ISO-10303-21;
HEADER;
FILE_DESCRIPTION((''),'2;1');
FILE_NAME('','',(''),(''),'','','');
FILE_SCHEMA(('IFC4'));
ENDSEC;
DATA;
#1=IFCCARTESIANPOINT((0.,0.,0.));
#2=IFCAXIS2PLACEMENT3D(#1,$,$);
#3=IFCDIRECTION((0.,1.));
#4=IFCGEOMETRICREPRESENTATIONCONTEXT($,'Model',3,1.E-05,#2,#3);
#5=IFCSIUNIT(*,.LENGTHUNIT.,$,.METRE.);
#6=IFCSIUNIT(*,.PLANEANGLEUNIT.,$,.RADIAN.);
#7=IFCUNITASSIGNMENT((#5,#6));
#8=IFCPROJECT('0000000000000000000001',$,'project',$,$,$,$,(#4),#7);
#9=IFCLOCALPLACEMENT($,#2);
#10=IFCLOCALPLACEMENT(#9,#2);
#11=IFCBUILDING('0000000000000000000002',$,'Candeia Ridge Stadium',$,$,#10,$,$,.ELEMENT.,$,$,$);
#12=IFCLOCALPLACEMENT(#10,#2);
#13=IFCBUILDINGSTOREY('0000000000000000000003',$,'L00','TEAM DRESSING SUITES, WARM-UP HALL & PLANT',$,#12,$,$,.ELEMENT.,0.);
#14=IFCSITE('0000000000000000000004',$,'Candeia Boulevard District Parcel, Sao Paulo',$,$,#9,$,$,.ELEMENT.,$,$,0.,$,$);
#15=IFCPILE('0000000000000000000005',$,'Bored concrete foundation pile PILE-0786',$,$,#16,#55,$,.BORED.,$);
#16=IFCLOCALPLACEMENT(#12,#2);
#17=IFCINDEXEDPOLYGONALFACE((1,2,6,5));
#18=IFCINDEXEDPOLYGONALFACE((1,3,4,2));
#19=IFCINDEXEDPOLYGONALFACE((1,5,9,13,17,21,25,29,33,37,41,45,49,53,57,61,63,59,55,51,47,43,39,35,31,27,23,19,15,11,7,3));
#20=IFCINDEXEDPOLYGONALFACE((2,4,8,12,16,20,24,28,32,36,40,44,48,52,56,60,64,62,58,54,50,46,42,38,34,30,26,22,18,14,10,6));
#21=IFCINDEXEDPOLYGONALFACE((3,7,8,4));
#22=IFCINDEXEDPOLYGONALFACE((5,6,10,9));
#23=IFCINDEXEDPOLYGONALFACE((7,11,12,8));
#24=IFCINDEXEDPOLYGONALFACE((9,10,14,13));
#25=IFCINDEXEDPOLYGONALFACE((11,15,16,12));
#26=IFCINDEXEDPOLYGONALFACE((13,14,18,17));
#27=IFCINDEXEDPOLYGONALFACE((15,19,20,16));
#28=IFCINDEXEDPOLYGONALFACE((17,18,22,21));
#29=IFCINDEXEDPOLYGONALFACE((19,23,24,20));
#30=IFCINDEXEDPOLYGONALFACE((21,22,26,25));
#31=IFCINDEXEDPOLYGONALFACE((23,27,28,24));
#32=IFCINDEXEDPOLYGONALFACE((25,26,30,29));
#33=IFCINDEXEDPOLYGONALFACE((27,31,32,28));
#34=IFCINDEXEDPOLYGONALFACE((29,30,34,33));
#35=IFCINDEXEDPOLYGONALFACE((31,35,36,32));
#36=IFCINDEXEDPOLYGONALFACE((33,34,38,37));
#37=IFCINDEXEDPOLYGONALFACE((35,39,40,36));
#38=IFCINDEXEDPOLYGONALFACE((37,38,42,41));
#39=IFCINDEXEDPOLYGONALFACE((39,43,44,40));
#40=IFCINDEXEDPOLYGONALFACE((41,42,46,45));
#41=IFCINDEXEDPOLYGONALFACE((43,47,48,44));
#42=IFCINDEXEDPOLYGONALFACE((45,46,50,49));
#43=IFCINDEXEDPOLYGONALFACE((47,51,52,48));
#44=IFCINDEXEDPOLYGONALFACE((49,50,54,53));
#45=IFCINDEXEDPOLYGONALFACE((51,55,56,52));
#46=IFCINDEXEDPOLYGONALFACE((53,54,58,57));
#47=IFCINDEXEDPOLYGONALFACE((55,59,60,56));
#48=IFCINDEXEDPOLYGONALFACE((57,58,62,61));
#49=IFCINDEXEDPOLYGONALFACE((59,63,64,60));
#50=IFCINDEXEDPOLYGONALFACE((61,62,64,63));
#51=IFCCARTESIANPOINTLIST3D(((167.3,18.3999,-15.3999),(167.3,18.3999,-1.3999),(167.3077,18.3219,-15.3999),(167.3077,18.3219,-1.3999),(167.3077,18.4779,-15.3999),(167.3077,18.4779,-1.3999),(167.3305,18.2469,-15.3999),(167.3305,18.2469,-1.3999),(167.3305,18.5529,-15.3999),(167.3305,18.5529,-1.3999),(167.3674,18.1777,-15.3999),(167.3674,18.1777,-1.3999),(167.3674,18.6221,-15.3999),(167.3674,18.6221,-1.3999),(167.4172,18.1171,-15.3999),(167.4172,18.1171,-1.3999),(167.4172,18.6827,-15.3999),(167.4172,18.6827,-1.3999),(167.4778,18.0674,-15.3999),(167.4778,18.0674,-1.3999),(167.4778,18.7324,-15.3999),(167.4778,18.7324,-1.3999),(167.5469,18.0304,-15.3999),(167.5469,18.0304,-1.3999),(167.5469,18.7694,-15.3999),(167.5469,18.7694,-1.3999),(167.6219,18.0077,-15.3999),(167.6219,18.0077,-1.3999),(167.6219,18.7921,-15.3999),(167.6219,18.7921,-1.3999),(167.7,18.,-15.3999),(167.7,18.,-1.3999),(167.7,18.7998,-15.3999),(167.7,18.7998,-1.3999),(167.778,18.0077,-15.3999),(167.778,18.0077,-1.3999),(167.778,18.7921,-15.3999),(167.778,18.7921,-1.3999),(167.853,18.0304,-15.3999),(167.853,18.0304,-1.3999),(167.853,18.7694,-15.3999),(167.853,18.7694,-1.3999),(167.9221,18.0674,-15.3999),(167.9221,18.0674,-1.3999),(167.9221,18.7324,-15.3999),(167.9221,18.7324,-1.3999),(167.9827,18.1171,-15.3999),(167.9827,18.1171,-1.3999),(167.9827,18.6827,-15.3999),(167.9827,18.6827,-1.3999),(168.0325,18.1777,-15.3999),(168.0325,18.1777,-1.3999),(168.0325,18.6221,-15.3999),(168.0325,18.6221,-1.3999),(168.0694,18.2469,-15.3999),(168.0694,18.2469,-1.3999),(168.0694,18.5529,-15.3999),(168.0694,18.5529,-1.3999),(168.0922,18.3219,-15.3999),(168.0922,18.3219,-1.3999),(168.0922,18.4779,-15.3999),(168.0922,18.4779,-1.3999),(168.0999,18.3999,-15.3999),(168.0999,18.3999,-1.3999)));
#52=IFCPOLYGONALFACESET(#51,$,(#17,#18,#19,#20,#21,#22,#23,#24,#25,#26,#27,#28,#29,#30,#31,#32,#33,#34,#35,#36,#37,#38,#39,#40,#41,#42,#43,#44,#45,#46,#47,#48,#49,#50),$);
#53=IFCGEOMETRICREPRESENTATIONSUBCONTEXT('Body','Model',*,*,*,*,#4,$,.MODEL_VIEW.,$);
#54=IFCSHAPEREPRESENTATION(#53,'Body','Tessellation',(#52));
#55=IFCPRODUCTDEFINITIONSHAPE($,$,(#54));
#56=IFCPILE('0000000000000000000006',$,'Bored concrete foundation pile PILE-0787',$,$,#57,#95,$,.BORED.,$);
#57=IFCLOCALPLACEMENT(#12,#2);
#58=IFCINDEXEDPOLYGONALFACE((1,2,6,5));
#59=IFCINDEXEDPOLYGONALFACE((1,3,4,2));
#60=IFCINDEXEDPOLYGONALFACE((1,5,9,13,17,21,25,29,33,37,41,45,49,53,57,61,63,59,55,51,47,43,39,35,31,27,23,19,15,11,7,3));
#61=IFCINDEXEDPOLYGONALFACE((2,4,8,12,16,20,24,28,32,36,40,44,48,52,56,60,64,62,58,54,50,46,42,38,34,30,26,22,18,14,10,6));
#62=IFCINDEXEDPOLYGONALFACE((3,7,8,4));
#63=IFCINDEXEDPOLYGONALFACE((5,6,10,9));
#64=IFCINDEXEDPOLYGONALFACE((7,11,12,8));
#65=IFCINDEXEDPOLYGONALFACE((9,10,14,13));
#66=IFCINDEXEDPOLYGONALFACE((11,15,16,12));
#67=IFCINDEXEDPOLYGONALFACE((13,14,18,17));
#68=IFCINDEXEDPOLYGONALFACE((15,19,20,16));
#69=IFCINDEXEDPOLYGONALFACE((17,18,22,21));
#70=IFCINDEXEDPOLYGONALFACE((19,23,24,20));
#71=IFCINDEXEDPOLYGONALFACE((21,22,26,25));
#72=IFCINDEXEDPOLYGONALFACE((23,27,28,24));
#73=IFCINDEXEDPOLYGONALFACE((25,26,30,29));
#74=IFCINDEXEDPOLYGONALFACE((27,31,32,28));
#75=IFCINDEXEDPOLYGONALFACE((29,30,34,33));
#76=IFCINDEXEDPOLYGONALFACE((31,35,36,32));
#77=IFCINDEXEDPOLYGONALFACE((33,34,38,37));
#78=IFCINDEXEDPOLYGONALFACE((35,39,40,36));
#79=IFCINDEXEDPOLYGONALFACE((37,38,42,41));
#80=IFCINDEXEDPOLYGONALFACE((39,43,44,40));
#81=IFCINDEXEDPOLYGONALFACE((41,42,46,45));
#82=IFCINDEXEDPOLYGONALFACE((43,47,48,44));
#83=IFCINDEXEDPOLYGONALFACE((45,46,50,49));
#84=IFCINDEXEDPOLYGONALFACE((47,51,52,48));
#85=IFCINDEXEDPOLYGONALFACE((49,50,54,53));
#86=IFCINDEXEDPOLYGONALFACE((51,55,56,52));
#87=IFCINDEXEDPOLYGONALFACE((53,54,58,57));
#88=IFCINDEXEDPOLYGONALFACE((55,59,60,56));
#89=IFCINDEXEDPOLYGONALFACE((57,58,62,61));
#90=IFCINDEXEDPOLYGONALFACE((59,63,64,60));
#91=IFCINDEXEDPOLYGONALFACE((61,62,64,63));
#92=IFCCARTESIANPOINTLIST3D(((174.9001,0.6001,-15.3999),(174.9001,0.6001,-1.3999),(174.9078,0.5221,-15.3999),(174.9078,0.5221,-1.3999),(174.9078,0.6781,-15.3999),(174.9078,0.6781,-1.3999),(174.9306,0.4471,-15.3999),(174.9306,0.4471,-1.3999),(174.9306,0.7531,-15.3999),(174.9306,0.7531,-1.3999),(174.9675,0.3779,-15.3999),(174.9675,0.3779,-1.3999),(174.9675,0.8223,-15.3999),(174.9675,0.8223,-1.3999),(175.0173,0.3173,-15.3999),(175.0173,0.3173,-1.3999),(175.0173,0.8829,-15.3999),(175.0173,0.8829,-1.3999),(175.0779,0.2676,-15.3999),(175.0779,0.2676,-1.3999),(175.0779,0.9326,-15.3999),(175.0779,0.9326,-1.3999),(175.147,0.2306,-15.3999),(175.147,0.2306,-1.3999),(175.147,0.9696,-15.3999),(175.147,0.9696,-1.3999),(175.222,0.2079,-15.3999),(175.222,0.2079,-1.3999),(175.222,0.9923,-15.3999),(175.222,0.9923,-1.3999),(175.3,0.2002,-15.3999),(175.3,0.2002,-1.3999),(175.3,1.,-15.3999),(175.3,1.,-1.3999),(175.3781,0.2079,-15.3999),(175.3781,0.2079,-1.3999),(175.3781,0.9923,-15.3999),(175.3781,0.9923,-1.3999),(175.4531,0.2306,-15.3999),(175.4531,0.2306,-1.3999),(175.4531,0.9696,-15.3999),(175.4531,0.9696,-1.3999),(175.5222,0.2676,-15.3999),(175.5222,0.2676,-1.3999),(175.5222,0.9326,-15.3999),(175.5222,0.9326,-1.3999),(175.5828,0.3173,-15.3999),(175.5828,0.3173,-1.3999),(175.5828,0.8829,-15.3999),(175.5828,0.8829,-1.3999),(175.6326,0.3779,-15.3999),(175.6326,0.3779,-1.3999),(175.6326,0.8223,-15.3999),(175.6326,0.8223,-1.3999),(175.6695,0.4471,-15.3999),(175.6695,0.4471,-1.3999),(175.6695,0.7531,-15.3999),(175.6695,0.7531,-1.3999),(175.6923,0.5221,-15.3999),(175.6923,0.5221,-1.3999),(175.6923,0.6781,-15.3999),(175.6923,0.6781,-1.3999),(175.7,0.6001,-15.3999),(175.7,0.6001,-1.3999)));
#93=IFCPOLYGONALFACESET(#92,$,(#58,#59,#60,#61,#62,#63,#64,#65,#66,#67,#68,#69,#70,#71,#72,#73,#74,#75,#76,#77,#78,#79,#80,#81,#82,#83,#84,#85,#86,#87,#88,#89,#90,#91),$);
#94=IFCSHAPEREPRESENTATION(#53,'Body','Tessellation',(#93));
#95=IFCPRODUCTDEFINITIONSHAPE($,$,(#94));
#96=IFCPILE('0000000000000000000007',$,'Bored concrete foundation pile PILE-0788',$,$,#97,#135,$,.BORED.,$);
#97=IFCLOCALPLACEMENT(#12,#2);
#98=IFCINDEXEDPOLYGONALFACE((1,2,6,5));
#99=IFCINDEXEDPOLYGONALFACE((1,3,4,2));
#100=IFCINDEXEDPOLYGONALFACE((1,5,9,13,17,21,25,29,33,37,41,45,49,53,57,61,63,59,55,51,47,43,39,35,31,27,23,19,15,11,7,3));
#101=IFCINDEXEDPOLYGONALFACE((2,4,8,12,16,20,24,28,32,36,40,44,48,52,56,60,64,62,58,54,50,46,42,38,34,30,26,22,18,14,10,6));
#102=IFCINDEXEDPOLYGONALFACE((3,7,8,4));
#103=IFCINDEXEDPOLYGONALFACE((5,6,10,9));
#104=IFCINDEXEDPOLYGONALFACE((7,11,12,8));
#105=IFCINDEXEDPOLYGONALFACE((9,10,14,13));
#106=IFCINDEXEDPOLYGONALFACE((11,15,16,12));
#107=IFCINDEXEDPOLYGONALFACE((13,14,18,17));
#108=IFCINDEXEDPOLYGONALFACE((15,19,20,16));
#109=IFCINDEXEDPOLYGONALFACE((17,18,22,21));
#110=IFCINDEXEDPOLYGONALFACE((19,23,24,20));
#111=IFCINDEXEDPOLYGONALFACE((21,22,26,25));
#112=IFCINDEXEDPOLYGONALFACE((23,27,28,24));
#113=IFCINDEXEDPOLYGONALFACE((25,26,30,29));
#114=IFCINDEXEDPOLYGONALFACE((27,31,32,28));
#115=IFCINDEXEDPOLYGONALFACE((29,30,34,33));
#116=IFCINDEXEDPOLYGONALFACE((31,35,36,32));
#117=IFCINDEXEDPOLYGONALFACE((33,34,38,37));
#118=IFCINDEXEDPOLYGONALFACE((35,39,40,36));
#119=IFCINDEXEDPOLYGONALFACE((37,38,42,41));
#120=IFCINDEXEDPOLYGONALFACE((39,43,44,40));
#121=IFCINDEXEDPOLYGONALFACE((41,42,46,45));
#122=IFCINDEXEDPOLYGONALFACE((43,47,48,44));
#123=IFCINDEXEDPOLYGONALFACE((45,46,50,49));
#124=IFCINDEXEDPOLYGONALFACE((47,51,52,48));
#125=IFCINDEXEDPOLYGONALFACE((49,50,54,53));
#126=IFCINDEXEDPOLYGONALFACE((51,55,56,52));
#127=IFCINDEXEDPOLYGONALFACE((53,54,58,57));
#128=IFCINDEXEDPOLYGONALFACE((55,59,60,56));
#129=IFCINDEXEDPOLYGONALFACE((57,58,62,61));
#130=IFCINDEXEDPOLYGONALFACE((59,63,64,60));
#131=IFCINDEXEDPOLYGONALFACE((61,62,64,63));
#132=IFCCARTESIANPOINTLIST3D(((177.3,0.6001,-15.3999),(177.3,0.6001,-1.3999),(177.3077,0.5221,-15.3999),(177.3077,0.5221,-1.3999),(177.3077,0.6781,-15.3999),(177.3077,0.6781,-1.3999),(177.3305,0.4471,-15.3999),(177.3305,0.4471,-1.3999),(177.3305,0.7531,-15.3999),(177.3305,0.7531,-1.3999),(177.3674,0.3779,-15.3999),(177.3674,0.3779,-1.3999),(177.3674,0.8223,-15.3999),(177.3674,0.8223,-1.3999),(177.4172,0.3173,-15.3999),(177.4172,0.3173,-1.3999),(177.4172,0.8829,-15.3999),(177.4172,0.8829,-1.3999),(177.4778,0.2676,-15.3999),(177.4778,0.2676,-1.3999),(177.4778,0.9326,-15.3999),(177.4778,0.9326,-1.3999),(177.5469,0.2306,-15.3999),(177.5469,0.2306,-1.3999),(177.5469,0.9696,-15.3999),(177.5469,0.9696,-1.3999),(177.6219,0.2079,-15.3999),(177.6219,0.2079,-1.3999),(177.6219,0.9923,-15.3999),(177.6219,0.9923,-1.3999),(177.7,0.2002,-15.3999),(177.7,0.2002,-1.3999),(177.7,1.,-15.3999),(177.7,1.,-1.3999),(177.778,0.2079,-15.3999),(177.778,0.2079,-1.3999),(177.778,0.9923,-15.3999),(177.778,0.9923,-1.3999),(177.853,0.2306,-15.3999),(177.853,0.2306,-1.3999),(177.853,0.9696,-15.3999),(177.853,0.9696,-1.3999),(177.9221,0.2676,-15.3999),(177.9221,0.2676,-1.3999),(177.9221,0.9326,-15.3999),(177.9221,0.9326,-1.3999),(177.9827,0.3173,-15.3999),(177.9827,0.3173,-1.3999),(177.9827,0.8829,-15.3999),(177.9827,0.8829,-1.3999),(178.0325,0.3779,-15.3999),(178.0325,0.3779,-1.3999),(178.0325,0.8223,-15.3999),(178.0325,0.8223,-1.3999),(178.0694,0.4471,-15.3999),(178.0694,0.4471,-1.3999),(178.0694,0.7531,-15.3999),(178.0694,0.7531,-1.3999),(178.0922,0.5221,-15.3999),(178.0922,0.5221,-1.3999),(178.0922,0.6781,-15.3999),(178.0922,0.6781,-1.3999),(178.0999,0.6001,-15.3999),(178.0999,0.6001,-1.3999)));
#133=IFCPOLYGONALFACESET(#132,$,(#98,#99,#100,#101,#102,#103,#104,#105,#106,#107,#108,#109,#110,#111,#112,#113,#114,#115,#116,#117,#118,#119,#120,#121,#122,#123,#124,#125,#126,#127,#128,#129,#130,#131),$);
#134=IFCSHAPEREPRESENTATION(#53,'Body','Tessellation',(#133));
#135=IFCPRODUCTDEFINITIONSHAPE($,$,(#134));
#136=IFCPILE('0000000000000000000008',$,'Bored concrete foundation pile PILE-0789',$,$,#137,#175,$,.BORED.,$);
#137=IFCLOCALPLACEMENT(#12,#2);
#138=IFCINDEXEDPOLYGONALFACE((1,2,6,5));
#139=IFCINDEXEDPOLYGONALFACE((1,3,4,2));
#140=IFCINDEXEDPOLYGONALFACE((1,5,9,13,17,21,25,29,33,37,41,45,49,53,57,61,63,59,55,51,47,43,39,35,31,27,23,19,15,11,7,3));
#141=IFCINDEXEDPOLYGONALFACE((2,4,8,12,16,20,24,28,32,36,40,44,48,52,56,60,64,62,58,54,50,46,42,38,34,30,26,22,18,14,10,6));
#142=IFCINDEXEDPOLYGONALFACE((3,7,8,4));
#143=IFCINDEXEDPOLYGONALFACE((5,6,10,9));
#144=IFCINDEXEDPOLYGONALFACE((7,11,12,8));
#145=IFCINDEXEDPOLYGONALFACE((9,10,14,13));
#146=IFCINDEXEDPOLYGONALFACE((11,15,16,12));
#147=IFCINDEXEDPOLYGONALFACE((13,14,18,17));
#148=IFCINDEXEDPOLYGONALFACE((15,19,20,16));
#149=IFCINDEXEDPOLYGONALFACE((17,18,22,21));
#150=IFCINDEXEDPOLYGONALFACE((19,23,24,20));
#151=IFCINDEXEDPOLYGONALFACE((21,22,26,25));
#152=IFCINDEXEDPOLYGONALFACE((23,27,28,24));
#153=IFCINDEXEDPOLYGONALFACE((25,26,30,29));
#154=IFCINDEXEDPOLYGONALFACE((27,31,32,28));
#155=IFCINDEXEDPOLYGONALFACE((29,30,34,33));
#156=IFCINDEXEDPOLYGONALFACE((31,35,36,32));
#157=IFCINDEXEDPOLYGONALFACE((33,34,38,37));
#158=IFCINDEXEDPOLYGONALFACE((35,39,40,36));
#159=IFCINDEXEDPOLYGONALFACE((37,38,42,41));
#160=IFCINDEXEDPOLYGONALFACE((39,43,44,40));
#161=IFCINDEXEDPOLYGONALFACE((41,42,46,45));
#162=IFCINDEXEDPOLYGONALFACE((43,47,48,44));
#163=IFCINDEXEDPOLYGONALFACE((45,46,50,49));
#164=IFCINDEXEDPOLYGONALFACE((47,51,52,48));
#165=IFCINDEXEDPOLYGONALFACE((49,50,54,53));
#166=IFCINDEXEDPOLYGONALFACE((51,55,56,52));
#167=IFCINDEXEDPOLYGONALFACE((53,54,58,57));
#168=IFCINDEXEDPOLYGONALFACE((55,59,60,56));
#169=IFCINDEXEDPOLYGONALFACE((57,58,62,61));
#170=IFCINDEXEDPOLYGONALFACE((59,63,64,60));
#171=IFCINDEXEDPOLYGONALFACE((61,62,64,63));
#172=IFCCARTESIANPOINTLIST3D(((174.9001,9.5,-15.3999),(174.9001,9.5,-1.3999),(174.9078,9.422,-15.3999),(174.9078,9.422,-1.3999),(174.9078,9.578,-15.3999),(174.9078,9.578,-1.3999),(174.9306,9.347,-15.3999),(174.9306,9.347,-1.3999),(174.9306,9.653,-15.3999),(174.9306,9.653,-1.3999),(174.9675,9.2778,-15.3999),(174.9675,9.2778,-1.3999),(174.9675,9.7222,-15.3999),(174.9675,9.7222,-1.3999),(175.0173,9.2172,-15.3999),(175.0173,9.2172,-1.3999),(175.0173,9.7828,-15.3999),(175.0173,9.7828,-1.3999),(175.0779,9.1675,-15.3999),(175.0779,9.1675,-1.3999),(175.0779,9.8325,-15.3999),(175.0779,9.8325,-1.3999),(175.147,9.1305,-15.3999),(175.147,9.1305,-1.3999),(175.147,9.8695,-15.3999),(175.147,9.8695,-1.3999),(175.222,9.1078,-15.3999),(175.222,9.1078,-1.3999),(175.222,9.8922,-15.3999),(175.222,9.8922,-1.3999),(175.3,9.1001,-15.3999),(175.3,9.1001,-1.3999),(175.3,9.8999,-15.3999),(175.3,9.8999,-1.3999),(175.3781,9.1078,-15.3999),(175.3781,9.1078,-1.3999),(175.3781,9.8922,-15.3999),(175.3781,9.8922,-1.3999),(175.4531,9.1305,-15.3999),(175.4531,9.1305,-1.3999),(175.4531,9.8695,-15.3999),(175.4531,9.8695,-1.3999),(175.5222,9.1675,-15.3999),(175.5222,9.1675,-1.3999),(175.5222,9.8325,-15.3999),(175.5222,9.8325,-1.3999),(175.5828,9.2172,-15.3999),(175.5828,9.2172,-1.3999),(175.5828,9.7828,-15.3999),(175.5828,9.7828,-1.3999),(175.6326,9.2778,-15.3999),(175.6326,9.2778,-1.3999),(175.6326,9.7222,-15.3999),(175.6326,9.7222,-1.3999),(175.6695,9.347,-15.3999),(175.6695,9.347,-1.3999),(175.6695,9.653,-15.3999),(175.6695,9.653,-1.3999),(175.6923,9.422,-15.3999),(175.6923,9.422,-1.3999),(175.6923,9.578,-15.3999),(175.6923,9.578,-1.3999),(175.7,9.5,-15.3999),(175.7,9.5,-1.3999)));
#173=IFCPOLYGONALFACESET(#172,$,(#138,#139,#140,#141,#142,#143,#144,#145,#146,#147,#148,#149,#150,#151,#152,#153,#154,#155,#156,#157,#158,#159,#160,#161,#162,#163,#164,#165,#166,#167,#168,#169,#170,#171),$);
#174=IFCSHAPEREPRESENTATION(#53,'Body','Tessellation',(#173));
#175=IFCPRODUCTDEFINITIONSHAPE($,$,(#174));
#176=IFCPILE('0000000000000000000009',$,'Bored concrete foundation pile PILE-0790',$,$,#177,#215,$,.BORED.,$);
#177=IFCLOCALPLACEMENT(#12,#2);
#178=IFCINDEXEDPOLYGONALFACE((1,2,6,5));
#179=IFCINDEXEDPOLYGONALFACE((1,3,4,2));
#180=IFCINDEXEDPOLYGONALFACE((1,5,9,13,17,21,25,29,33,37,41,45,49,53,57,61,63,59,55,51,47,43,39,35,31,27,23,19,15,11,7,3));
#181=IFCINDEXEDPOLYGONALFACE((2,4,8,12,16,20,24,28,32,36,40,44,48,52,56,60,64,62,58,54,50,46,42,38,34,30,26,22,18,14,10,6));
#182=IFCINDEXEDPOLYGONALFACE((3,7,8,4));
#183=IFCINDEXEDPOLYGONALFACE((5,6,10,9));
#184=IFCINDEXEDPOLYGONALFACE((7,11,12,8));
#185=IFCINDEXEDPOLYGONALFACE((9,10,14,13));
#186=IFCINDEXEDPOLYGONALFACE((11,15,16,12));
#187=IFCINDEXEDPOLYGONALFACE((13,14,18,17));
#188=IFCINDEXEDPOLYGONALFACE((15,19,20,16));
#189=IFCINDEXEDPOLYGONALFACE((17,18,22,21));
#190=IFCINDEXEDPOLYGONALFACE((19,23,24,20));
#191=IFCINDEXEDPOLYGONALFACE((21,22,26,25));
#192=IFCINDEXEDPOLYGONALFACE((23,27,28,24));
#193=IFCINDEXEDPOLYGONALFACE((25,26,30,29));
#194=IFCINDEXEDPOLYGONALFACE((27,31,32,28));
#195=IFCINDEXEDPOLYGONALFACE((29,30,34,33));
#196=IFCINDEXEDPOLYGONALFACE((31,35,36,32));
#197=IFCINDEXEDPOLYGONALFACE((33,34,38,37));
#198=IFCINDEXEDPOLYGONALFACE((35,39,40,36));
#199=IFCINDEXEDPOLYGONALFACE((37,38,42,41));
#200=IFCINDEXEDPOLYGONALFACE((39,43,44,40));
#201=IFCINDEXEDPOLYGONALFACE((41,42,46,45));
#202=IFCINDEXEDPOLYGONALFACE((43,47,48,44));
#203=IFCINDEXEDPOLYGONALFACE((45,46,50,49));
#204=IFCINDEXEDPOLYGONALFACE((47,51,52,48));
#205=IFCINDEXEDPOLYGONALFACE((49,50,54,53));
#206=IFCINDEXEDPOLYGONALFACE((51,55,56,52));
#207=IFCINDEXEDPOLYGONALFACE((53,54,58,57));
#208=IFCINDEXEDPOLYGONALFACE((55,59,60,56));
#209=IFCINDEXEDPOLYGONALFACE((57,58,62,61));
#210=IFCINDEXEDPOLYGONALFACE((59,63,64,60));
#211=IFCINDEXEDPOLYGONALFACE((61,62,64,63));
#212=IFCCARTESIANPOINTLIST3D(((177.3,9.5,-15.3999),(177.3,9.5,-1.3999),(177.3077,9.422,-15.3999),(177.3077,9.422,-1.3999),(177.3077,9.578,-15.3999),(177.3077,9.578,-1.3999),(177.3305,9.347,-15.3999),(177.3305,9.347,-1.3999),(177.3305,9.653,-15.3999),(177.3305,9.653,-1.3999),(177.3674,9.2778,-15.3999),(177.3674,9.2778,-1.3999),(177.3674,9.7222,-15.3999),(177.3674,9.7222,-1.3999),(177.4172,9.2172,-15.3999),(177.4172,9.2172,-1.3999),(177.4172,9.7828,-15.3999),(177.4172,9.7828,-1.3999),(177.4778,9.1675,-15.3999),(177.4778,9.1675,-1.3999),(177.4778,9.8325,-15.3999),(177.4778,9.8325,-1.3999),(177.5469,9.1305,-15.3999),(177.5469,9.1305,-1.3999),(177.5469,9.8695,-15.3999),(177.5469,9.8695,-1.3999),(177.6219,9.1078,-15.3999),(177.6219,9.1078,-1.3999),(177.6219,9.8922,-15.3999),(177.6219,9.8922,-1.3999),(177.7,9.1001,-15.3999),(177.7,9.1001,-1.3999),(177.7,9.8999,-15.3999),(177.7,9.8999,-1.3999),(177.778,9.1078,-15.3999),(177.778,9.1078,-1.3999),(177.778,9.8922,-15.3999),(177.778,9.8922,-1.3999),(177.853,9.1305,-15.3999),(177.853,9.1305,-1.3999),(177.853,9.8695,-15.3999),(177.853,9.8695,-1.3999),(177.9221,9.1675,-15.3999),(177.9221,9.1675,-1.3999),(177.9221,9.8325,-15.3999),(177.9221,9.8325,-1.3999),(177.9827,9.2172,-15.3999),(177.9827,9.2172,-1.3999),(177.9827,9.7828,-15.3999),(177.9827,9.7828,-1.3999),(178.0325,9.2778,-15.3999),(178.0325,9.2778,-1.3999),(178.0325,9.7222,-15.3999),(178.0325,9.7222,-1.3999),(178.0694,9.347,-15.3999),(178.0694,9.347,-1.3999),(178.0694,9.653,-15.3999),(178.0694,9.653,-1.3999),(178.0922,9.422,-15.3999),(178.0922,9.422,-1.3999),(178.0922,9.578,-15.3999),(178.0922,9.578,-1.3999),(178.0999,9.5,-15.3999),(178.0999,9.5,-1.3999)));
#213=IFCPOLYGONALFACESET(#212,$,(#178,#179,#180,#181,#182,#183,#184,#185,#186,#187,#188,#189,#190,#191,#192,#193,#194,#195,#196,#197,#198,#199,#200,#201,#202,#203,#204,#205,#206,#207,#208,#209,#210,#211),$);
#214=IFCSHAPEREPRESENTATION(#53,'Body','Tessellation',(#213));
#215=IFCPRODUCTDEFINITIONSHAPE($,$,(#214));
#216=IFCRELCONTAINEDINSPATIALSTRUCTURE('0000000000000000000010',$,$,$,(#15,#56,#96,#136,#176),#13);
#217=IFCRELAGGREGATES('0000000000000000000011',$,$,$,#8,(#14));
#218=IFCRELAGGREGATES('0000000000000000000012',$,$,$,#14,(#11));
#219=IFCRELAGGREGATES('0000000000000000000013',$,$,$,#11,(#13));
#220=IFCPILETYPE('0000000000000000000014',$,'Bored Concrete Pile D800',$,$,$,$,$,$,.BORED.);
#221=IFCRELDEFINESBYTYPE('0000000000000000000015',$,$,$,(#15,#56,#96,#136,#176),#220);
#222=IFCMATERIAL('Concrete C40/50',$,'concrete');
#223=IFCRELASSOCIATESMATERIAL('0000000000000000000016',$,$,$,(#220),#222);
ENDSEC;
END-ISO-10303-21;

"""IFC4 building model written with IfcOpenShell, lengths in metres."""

from ifc_helpers import new_model, si_unit, direction, frame, origin, origin_2d, place, context, subcontext, project, spatial, circle, extrude, material, material_profile, profile_set, type_object, element, save


model = new_model("IFC4")

# Units and contexts
model_context = context("Model", 3, precision=1e-05, world=origin(), true_north=direction((0.0, 1.0)))
body_context = subcontext(model_context, "Body", "Model", "MODEL_VIEW")
ifc_project = project(units=[si_unit("LENGTHUNIT", "METRE"), si_unit("PLANEANGLEUNIT", "RADIAN")], contexts=[model_context])

# Site, building, storey
site_placement = place(None, origin())
site = spatial("IfcSite", under=ifc_project, at=site_placement, Name="Candeia Boulevard District Parcel, Sao Paulo", CompositionType="ELEMENT", RefElevation=0.0)
building_placement = place(site_placement, origin())
building = spatial("IfcBuilding", under=site, at=building_placement, Name="Candeia Ridge Stadium", CompositionType="ELEMENT")
storey_placement = place(building_placement, origin())
storey = spatial("IfcBuildingStorey", under=building, at=storey_placement, Name="L00", Description="TEAM DRESSING SUITES, WARM-UP HALL & PLANT", CompositionType="ELEMENT", Elevation=0.0)

# Piles
ifc_material_1 = material(Name="Concrete C40/50", Category="concrete")
ifc_material_profile_1 = material_profile(ifc_material_1, circle(Radius=0.3999, at=origin_2d()), Name="PILE-D800", Category="concrete")
ifc_profile_set_1 = profile_set([ifc_material_profile_1], Name="Concrete C40/50")
pile_type = type_object("IfcPileType", Name="Bored Concrete Pile D800", PredefinedType="BORED", material=ifc_profile_set_1)
for number, where, z_axis, x_axis, name in (
    (1, (167.7, 18.3999, -1.3999), (0.0, 0.0, -1.0), (1.0, 0.0, 0.0), "Bored concrete foundation pile PILE-0786"),
    (2, (175.3, 0.6001, -1.3999), (0.0, 0.0, -1.0), (1.0, 0.0, 0.0), "Bored concrete foundation pile PILE-0787"),
    (3, (177.7, 0.6001, -1.3999), (0.0, 0.0, -1.0), (1.0, 0.0, 0.0), "Bored concrete foundation pile PILE-0788"),
    (4, (175.3, 9.5, -1.3999), (0.0, 0.0, -1.0), (1.0, 0.0, 0.0), "Bored concrete foundation pile PILE-0789"),
    (5, (177.7, 9.5, -1.3999), (0.0, 0.0, -1.0), (1.0, 0.0, 0.0), "Bored concrete foundation pile PILE-0790"),
):
    element("IfcPile", number, at=place(storey_placement, frame(where, z_axis=z_axis, x_axis=x_axis)), inside=storey, type_object=pile_type, Name=name, PredefinedType="BORED", context=body_context, shape_type="SweptSolid", body=[
        extrude(circle(Radius=0.3999, at=origin_2d()), origin(), (0.0, 0.0, 1.0), 14.0),
    ])

save(model, "model.ifc")
